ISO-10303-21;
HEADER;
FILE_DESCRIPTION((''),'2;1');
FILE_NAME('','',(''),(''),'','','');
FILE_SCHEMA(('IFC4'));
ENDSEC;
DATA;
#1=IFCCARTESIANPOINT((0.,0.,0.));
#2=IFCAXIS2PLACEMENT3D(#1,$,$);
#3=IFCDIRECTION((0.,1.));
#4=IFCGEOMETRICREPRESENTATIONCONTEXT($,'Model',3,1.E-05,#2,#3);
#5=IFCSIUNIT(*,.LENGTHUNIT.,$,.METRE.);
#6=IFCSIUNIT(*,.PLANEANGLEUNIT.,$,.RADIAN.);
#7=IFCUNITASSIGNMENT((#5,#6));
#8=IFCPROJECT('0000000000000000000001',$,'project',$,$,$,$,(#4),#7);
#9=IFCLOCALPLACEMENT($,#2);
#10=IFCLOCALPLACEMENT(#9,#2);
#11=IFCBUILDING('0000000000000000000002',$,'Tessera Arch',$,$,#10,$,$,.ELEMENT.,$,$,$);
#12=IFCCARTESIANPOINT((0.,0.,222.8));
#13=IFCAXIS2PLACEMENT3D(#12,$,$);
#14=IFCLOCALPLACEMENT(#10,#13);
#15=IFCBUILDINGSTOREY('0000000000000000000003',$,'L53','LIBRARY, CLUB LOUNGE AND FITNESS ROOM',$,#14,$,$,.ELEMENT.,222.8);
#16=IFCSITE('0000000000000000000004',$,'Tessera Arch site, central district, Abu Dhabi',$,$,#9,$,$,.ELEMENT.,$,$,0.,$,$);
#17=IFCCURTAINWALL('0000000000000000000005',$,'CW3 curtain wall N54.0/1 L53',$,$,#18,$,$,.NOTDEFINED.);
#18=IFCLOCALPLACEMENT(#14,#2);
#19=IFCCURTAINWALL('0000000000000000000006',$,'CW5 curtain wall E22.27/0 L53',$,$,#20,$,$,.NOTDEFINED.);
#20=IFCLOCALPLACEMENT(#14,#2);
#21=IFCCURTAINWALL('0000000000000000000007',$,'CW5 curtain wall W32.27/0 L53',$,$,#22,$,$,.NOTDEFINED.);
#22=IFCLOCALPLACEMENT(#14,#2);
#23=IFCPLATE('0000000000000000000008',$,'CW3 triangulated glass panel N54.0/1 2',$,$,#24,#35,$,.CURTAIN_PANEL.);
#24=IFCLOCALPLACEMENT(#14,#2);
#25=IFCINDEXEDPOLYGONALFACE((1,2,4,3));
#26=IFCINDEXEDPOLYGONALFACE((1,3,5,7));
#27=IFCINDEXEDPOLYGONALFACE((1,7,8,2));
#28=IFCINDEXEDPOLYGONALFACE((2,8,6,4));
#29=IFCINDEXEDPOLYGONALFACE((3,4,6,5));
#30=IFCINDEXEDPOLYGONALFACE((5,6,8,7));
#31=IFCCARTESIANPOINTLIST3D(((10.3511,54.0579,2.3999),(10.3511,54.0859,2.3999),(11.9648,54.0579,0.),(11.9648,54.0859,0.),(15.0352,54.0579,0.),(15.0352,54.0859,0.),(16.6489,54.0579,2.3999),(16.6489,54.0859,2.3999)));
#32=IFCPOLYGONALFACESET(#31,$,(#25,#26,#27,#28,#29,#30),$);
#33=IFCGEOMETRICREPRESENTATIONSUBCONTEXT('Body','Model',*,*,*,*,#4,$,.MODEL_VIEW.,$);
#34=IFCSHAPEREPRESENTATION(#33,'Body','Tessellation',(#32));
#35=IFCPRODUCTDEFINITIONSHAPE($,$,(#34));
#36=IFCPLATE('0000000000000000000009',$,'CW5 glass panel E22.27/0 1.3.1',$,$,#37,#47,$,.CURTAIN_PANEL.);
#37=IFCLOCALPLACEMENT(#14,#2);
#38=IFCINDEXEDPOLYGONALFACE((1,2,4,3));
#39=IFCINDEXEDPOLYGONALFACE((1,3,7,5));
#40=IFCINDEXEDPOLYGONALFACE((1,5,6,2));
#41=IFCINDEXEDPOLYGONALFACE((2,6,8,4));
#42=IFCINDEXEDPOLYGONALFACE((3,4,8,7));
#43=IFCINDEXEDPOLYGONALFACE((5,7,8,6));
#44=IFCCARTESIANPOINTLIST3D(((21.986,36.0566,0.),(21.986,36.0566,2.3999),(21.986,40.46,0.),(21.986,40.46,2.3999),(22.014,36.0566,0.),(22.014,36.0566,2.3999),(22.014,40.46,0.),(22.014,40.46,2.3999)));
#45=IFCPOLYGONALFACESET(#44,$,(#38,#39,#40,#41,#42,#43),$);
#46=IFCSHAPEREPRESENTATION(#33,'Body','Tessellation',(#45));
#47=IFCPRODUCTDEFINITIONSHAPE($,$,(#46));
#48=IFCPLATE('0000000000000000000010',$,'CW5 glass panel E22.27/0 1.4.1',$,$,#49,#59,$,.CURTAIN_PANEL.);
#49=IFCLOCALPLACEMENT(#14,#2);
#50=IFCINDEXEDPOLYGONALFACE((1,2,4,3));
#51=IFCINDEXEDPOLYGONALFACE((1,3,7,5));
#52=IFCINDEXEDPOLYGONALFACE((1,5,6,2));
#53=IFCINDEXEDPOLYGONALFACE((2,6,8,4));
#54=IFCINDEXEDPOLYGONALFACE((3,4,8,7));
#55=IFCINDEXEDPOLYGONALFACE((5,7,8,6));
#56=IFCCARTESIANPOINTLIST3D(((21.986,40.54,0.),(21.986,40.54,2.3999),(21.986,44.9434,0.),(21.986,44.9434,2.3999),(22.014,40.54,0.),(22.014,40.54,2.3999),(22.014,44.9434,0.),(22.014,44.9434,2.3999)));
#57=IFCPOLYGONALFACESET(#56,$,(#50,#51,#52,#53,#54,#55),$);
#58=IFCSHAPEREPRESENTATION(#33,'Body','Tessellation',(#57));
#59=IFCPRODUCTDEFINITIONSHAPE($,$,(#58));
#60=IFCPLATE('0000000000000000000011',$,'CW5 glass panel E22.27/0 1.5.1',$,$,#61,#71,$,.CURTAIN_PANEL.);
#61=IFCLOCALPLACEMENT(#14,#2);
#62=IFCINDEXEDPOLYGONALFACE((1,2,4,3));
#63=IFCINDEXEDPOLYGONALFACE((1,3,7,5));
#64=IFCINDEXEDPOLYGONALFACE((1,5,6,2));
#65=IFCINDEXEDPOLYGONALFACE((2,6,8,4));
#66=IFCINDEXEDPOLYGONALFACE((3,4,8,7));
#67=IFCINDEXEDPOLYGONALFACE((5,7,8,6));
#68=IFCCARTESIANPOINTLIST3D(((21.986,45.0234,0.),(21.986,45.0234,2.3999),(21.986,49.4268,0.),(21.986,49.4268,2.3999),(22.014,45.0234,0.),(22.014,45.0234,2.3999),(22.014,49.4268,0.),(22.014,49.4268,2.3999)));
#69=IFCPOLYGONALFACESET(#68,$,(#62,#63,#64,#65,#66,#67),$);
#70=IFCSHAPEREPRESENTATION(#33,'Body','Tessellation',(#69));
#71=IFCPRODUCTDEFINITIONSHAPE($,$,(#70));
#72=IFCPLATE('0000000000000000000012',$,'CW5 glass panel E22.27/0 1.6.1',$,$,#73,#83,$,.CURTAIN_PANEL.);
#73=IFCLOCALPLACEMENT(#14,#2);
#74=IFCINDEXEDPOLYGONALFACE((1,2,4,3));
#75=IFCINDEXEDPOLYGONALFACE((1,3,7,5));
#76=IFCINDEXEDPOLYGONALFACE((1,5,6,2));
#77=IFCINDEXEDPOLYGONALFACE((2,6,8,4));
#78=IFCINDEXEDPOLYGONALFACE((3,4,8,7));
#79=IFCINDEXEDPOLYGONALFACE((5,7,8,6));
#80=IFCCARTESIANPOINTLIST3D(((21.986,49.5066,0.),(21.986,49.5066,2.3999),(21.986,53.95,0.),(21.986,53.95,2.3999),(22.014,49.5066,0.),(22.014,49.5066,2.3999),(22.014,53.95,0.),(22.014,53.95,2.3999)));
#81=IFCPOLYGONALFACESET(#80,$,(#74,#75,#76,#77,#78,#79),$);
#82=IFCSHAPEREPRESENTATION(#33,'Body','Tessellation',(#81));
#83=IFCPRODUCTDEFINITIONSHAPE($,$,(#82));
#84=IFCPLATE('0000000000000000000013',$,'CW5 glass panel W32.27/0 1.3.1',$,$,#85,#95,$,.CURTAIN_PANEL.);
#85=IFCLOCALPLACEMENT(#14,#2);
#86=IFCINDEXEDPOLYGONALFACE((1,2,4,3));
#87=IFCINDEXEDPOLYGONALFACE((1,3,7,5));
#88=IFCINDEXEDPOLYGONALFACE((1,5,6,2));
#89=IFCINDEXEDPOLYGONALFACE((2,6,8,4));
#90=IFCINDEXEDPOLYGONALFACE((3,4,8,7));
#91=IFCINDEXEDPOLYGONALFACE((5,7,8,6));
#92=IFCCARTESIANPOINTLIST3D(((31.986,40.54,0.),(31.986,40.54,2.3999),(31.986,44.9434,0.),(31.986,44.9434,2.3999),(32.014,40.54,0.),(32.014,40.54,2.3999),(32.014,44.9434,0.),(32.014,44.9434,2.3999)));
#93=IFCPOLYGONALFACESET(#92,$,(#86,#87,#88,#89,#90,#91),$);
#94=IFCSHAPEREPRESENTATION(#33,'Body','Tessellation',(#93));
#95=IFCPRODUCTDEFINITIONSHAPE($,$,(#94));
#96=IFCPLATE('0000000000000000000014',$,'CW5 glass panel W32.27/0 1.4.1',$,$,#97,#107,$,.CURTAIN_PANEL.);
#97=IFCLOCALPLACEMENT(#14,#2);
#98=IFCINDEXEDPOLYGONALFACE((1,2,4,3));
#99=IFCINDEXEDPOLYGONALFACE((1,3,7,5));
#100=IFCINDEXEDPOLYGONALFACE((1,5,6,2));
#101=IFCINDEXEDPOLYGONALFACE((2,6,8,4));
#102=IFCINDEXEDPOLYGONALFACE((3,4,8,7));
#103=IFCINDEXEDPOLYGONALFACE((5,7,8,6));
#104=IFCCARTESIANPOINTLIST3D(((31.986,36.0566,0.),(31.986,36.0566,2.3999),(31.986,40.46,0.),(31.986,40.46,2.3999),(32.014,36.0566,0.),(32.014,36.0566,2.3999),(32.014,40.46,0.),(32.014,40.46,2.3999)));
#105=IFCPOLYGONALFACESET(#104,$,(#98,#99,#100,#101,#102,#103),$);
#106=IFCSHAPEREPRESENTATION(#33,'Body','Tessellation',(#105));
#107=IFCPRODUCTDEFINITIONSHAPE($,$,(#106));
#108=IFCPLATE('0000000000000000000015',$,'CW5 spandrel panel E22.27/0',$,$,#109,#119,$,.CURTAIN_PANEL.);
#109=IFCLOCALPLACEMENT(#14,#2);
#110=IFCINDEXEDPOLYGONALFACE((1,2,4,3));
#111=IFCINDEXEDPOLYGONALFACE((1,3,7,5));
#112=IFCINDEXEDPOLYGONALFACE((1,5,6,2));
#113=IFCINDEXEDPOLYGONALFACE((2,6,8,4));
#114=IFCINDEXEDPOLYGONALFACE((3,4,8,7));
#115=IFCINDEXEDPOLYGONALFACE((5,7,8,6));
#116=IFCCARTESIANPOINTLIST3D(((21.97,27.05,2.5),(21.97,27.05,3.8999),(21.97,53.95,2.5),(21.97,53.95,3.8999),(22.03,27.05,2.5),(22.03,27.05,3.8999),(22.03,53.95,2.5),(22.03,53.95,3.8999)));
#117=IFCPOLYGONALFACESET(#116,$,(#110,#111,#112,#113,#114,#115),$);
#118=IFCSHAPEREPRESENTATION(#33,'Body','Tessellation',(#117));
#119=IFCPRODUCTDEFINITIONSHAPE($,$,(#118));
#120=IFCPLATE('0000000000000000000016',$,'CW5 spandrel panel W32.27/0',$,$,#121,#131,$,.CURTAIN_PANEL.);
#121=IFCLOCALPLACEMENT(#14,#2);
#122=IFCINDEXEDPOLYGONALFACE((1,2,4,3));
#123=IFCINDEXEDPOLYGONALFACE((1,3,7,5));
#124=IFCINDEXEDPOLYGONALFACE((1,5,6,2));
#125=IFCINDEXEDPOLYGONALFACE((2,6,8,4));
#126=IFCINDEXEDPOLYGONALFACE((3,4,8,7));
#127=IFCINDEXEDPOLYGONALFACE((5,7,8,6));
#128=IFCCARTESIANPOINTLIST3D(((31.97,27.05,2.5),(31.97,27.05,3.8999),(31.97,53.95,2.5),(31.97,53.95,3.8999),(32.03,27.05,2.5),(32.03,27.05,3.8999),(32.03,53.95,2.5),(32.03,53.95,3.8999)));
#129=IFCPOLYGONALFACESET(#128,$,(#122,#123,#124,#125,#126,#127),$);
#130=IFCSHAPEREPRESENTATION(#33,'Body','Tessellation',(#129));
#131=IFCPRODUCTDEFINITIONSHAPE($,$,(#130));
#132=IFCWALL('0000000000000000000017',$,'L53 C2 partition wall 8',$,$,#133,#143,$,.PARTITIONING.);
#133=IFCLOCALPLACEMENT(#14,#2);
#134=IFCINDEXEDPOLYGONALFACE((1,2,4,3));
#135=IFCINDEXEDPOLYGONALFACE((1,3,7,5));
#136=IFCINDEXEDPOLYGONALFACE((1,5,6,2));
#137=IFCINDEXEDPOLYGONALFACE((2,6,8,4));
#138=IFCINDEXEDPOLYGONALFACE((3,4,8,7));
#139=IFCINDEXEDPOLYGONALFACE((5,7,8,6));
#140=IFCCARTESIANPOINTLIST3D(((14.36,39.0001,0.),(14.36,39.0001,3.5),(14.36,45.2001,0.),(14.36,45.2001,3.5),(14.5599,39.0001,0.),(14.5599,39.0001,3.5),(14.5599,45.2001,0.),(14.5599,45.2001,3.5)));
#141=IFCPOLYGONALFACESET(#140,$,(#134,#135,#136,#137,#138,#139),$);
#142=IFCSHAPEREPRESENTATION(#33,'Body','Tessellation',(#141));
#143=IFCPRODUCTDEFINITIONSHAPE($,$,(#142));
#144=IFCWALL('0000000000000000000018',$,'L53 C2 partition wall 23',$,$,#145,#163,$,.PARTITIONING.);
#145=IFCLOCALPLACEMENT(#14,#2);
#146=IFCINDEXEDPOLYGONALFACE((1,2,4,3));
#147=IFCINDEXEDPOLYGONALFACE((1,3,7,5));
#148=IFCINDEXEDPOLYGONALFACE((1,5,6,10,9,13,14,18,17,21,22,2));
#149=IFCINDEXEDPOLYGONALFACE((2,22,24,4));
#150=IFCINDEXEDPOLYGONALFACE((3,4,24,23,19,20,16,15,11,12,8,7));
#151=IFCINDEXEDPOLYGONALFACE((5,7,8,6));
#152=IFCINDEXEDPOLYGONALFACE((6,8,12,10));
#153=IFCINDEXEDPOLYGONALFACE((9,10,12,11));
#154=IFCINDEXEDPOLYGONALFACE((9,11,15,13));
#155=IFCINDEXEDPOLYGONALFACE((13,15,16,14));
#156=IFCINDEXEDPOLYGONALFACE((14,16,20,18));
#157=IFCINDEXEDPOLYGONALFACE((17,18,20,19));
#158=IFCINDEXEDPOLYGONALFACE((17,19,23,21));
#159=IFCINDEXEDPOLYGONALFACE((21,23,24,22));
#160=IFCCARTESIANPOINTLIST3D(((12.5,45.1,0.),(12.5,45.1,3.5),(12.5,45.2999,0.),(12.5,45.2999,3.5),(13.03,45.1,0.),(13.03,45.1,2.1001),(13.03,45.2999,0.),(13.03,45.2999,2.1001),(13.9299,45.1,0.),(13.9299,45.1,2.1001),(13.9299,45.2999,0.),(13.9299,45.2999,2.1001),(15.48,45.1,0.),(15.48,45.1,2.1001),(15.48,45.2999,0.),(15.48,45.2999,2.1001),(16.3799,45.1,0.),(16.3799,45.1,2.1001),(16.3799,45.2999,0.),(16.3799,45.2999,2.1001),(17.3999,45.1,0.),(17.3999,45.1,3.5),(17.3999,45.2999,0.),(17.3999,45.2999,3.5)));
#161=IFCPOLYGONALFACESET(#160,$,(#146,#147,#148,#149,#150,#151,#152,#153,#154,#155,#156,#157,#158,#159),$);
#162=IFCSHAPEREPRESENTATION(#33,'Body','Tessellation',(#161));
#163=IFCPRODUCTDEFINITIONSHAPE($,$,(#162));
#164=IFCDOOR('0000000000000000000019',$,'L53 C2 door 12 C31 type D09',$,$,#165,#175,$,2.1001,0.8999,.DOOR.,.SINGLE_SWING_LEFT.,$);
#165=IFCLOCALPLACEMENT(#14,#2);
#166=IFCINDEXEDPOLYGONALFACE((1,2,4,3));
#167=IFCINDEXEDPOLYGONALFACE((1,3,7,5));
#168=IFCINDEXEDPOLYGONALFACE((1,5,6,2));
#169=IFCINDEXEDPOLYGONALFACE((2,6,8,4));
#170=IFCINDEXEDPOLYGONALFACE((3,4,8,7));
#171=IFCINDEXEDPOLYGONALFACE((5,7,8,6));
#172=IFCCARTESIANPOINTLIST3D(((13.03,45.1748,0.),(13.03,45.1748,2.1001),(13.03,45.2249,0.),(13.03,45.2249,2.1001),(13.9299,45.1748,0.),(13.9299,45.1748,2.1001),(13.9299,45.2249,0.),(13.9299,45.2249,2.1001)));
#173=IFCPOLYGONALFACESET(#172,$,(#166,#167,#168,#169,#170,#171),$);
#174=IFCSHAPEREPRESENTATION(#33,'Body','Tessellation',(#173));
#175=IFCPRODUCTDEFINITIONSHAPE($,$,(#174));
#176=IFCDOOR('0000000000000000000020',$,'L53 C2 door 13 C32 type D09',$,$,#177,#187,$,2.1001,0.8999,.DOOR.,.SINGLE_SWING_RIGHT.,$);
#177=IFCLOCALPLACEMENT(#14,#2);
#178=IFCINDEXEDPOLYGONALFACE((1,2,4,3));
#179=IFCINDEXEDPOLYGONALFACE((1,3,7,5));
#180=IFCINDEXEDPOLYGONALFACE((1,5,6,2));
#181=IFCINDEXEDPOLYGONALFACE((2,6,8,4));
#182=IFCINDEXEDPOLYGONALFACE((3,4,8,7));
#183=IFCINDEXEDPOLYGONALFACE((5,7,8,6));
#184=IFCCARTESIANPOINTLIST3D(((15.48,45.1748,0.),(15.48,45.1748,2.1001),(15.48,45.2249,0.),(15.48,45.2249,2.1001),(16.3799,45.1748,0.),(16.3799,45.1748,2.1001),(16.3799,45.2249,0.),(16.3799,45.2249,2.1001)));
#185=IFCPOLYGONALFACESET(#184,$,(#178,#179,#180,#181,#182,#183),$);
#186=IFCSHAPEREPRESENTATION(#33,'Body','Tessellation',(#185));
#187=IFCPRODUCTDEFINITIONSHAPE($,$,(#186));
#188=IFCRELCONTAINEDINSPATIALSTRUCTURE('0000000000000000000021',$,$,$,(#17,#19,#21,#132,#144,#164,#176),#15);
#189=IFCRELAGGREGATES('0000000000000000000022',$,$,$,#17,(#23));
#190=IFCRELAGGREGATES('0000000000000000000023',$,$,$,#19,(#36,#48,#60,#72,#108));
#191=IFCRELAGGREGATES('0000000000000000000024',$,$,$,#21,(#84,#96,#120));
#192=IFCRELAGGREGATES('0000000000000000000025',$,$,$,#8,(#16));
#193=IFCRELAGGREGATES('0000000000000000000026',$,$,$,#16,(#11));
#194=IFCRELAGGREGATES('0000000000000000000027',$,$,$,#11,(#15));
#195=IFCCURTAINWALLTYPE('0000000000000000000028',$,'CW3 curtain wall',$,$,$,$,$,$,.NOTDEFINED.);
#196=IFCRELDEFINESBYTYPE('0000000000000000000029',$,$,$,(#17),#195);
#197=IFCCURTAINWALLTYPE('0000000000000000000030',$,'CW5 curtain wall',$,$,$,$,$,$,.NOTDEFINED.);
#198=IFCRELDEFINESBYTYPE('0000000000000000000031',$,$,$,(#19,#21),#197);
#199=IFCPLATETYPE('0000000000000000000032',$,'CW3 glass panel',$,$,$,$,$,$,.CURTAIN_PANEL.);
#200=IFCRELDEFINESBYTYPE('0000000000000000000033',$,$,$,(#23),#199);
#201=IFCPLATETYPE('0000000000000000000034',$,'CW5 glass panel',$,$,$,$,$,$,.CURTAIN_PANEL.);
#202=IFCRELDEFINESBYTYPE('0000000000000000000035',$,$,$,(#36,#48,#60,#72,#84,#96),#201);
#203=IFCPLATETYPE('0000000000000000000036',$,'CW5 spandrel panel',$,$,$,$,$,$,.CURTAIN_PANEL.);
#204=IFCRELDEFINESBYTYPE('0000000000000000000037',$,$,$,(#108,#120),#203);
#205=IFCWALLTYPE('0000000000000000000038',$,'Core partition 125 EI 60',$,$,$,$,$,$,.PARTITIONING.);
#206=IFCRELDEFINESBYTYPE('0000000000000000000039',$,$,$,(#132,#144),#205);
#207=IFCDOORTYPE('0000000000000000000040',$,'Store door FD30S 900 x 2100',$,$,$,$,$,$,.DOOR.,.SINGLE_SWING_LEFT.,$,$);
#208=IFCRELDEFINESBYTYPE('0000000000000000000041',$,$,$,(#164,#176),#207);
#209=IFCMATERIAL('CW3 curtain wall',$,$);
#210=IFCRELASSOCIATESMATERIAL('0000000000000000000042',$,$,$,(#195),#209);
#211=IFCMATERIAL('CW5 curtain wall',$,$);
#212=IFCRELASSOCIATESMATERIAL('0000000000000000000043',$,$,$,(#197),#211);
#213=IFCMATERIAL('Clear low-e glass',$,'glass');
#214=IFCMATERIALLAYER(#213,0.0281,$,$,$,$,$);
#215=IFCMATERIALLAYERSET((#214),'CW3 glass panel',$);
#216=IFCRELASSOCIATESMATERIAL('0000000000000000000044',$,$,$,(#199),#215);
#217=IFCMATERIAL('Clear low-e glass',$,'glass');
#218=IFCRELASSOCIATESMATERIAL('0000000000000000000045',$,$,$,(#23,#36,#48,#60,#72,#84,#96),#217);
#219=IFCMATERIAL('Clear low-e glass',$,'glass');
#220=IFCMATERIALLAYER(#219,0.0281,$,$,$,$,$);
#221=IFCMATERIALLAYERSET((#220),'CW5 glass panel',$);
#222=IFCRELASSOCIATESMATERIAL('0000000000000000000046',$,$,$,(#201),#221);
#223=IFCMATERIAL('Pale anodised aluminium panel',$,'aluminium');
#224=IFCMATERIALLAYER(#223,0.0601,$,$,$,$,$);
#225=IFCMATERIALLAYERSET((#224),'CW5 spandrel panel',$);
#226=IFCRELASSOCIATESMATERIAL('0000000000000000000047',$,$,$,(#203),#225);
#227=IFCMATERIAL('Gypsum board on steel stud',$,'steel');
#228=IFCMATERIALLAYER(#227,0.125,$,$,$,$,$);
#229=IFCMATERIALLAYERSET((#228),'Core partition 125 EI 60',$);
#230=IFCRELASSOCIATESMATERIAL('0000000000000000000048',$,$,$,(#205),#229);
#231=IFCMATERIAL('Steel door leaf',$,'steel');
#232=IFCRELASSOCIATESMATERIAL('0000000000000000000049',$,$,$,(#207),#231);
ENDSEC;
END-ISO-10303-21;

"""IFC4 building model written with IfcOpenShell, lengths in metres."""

from ifc_helpers import new_model, si_unit, direction, frame, frame_2d, origin, origin_2d, place, context, subcontext, project, spatial, polyline, rectangle, outline, extrude, material, layer, layer_set, type_object, element, fill, aggregate, save


model = new_model("IFC4")

# Units and contexts
model_context = context("Model", 3, precision=1e-05, world=origin(), true_north=direction((0.0, 1.0)))
body_context = subcontext(model_context, "Body", "Model", "MODEL_VIEW")
ifc_project = project(units=[si_unit("LENGTHUNIT", "METRE"), si_unit("PLANEANGLEUNIT", "RADIAN")], contexts=[model_context])

# Site, building, storey
site_placement = place(None, origin())
site = spatial("IfcSite", under=ifc_project, at=site_placement, Name="Tessera Arch site, central district, Abu Dhabi", CompositionType="ELEMENT", RefElevation=0.0)
building_placement = place(site_placement, origin())
building = spatial("IfcBuilding", under=site, at=building_placement, Name="Tessera Arch", CompositionType="ELEMENT")
storey_placement = place(building_placement, frame((0.0, 0.0, 222.8)))
storey = spatial("IfcBuildingStorey", under=building, at=storey_placement, Name="L53", Description="LIBRARY, CLUB LOUNGE AND FITNESS ROOM", CompositionType="ELEMENT", Elevation=222.8)

# Curtain wall
ifc_material_1 = material(Name="CW3 curtain wall")
curtain_wall_type_1 = type_object("IfcCurtainWallType", Name="CW3 curtain wall", PredefinedType="NOTDEFINED", material=ifc_material_1)
curtain_wall_1_placement = place(storey_placement, origin())
curtain_wall_1 = element("IfcCurtainWall", 1, at=curtain_wall_1_placement, inside=storey, type_object=curtain_wall_type_1, Name="CW3 curtain wall N54.0/1 L53", PredefinedType="NOTDEFINED")

# Curtain wall
ifc_material_2 = material(Name="CW5 curtain wall")
curtain_wall_type_2 = type_object("IfcCurtainWallType", Name="CW5 curtain wall", PredefinedType="NOTDEFINED", material=ifc_material_2)
curtain_wall_2_placement = place(storey_placement, origin())
curtain_wall_2 = element("IfcCurtainWall", 2, at=curtain_wall_2_placement, inside=storey, type_object=curtain_wall_type_2, Name="CW5 curtain wall E22.27/0 L53", PredefinedType="NOTDEFINED")

# Curtain wall
curtain_wall_3_placement = place(storey_placement, origin())
curtain_wall_3 = element("IfcCurtainWall", 3, at=curtain_wall_3_placement, inside=storey, type_object=curtain_wall_type_2, Name="CW5 curtain wall W32.27/0 L53", PredefinedType="NOTDEFINED")

# Plates
ifc_material_3 = material(Name="Clear low-e glass", Category="glass")
ifc_material_4 = material(Name="Clear low-e glass", Category="glass")
ifc_layer_1 = layer(ifc_material_4, 0.0281)
ifc_layer_set_1 = layer_set([ifc_layer_1], Name="CW3 glass panel")
plate_type_1 = type_object("IfcPlateType", Name="CW3 glass panel", PredefinedType="CURTAIN_PANEL", material=ifc_layer_set_1)
plate_1_placement = place(storey_placement, frame((10.3511, 54.0859, 2.3999), z_axis=(0.0, 1.0, 0.0), x_axis=(1.0, 0.0, 0.0)))
plate_1 = element("IfcPlate", 4, at=plate_1_placement, type_object=plate_type_1, material=ifc_material_3, Name="CW3 triangulated glass panel N54.0/1 2", PredefinedType="CURTAIN_PANEL", context=body_context, shape_type="SweptSolid", body=[
    extrude(outline(polyline([(0.0, 0.0), (6.2979, 0.0), (4.6841, 2.3999), (1.6138, 2.3999), (0.0, 0.0)])), origin(), (0.0, 0.0, -1.0), 0.0281),
])
aggregate(curtain_wall_1, [plate_1])
ifc_material_5 = material(Name="Clear low-e glass", Category="glass")
ifc_layer_2 = layer(ifc_material_5, 0.0281)
ifc_layer_set_2 = layer_set([ifc_layer_2], Name="CW5 glass panel")
plate_type_2 = type_object("IfcPlateType", Name="CW5 glass panel", PredefinedType="CURTAIN_PANEL", material=ifc_layer_set_2)
plate_2_placement = place(storey_placement, frame((22.0, 38.2583, 0.0), z_axis=(0.0, 0.0, 1.0), x_axis=(0.0, 1.0, 0.0)))
plate_2 = element("IfcPlate", 5, at=plate_2_placement, type_object=plate_type_2, material=ifc_material_3, Name="CW5 glass panel E22.27/0 1.3.1", PredefinedType="CURTAIN_PANEL", context=body_context, shape_type="SweptSolid", body=[
    extrude(rectangle(XDim=4.4033, YDim=0.0281, at=origin_2d()), origin(), (0.0, 0.0, 1.0), 2.3999),
])
plate_3_placement = place(storey_placement, frame((22.0, 42.7417, 0.0), z_axis=(0.0, 0.0, 1.0), x_axis=(0.0, 1.0, 0.0)))
plate_3 = element("IfcPlate", 6, at=plate_3_placement, type_object=plate_type_2, material=ifc_material_3, Name="CW5 glass panel E22.27/0 1.4.1", PredefinedType="CURTAIN_PANEL", context=body_context, shape_type="SweptSolid", body=[
    extrude(rectangle(XDim=4.4033, YDim=0.0281, at=origin_2d()), origin(), (0.0, 0.0, 1.0), 2.3999),
])
plate_4_placement = place(storey_placement, frame((22.0, 47.2251, 0.0), z_axis=(0.0, 0.0, 1.0), x_axis=(0.0, 1.0, 0.0)))
plate_4 = element("IfcPlate", 7, at=plate_4_placement, type_object=plate_type_2, material=ifc_material_3, Name="CW5 glass panel E22.27/0 1.5.1", PredefinedType="CURTAIN_PANEL", context=body_context, shape_type="SweptSolid", body=[
    extrude(rectangle(XDim=4.4033, YDim=0.0281, at=origin_2d()), origin(), (0.0, 0.0, 1.0), 2.3999),
])
plate_5_placement = place(storey_placement, frame((22.0, 51.7283, 0.0), z_axis=(0.0, 0.0, 1.0), x_axis=(0.0, 1.0, 0.0)))
plate_5 = element("IfcPlate", 8, at=plate_5_placement, type_object=plate_type_2, material=ifc_material_3, Name="CW5 glass panel E22.27/0 1.6.1", PredefinedType="CURTAIN_PANEL", context=body_context, shape_type="SweptSolid", body=[
    extrude(rectangle(XDim=4.4434, YDim=0.0281, at=origin_2d()), origin(), (0.0, 0.0, 1.0), 2.3999),
])
plate_6_placement = place(storey_placement, frame((32.0, 42.7417, 0.0), z_axis=(0.0, 0.0, 1.0), x_axis=(0.0, -1.0, 0.0)))
plate_6 = element("IfcPlate", 9, at=plate_6_placement, type_object=plate_type_2, material=ifc_material_3, Name="CW5 glass panel W32.27/0 1.3.1", PredefinedType="CURTAIN_PANEL", context=body_context, shape_type="SweptSolid", body=[
    extrude(rectangle(XDim=4.4033, YDim=0.0281, at=origin_2d()), origin(), (0.0, 0.0, 1.0), 2.3999),
])
plate_7_placement = place(storey_placement, frame((32.0, 38.2583, 0.0), z_axis=(0.0, 0.0, 1.0), x_axis=(0.0, -1.0, 0.0)))
plate_7 = element("IfcPlate", 10, at=plate_7_placement, type_object=plate_type_2, material=ifc_material_3, Name="CW5 glass panel W32.27/0 1.4.1", PredefinedType="CURTAIN_PANEL", context=body_context, shape_type="SweptSolid", body=[
    extrude(rectangle(XDim=4.4033, YDim=0.0281, at=origin_2d()), origin(), (0.0, 0.0, 1.0), 2.3999),
])
ifc_material_6 = material(Name="Pale anodised aluminium panel", Category="aluminium")
ifc_layer_3 = layer(ifc_material_6, 0.0601)
ifc_layer_set_3 = layer_set([ifc_layer_3], Name="CW5 spandrel panel")
plate_type_3 = type_object("IfcPlateType", Name="CW5 spandrel panel", PredefinedType="CURTAIN_PANEL", material=ifc_layer_set_3)
plate_8_placement = place(storey_placement, frame((22.0, 40.5, 2.5), z_axis=(0.0, 0.0, 1.0), x_axis=(0.0, 1.0, 0.0)))
plate_8 = element("IfcPlate", 11, at=plate_8_placement, type_object=plate_type_3, Name="CW5 spandrel panel E22.27/0", PredefinedType="CURTAIN_PANEL", context=body_context, shape_type="SweptSolid", body=[
    extrude(rectangle(XDim=26.8999, YDim=0.0601, at=origin_2d()), origin(), (0.0, 0.0, 1.0), 1.3999),
])
aggregate(curtain_wall_2, [plate_2, plate_3, plate_4, plate_5, plate_8])
plate_9_placement = place(storey_placement, frame((32.0, 40.5, 2.5), z_axis=(0.0, 0.0, 1.0), x_axis=(0.0, -1.0, 0.0)))
plate_9 = element("IfcPlate", 12, at=plate_9_placement, type_object=plate_type_3, Name="CW5 spandrel panel W32.27/0", PredefinedType="CURTAIN_PANEL", context=body_context, shape_type="SweptSolid", body=[
    extrude(rectangle(XDim=26.8999, YDim=0.0601, at=origin_2d()), origin(), (0.0, 0.0, 1.0), 1.3999),
])
aggregate(curtain_wall_3, [plate_6, plate_7, plate_9])

# Wall
ifc_material_7 = material(Name="Gypsum board on steel stud", Category="steel")
ifc_layer_4 = layer(ifc_material_7, 0.125)
ifc_layer_set_4 = layer_set([ifc_layer_4], Name="Core partition 125 EI 60")
wall_type_1 = type_object("IfcWallType", Name="Core partition 125 EI 60", PredefinedType="PARTITIONING", material=ifc_layer_set_4)
wall_1_placement = place(storey_placement, frame((14.46, 39.0, 0.0), z_axis=(0.0, 0.0, 1.0), x_axis=(0.0, 1.0, 0.0)))
element("IfcWall", 13, at=wall_1_placement, inside=storey, type_object=wall_type_1, Name="L53 C2 partition wall 8", PredefinedType="PARTITIONING", context=body_context, shape_type="SweptSolid", body=[
    extrude(rectangle(XDim=6.2, YDim=0.2, at=frame_2d((3.1001, 0.0))), origin(), (0.0, 0.0, 1.0), 3.5),
])

# Wall, openings, doors
wall_2_placement = place(storey_placement, frame((12.5, 45.2, 0.0), z_axis=(0.0, 0.0, 1.0), x_axis=(1.0, 0.0, 0.0)))
wall_2 = element("IfcWall", 14, at=wall_2_placement, inside=storey, type_object=wall_type_1, Name="L53 C2 partition wall 23", PredefinedType="PARTITIONING", context=body_context, shape_type="SweptSolid", body=[
    extrude(rectangle(XDim=4.8999, YDim=0.2, at=frame_2d((2.45, 0.0))), origin(), (0.0, 0.0, 1.0), 3.5),
])
opening_1_placement = place(wall_2_placement, frame((0.53, 0.0, 0.0)))
opening_1 = element("IfcOpeningElement", 15, at=opening_1_placement, cuts=wall_2, PredefinedType="OPENING", context=body_context, shape_type="SweptSolid", body=[
    extrude(rectangle(XDim=0.8999, YDim=2.1001, at=frame_2d((0.45, 1.05))), frame((0.0, 0.1099, 0.0), z_axis=(0.0, -1.0, 0.0), x_axis=(1.0, 0.0, 0.0)), (0.0, 0.0, 1.0), 0.22),
])
opening_2_placement = place(wall_2_placement, frame((2.98, 0.0, 0.0)))
opening_2 = element("IfcOpeningElement", 16, at=opening_2_placement, cuts=wall_2, PredefinedType="OPENING", context=body_context, shape_type="SweptSolid", body=[
    extrude(rectangle(XDim=0.8999, YDim=2.1001, at=frame_2d((0.45, 1.05))), frame((0.0, 0.1099, 0.0), z_axis=(0.0, -1.0, 0.0), x_axis=(1.0, 0.0, 0.0)), (0.0, 0.0, 1.0), 0.22),
])
ifc_material_8 = material(Name="Steel door leaf", Category="steel")
door_type_1 = type_object("IfcDoorType", Name="Store door FD30S 900 x 2100", OperationType="SINGLE_SWING_LEFT", PredefinedType="DOOR", material=ifc_material_8)
door_1_placement = place(opening_1_placement, origin())
door_1 = element("IfcDoor", 17, at=door_1_placement, inside=storey, type_object=door_type_1, Name="L53 C2 door 12 C31 type D09", OperationType="SINGLE_SWING_LEFT", OverallHeight=2.1001, OverallWidth=0.8999, PredefinedType="DOOR", context=body_context, shape_type="SweptSolid", body=[
    extrude(rectangle(XDim=0.8999, YDim=2.1001, at=frame_2d((0.45, 1.05))), frame((0.0, 0.0249, 0.0), z_axis=(0.0, -1.0, 0.0), x_axis=(1.0, 0.0, 0.0)), (0.0, 0.0, 1.0), 0.05),
])
fill(opening_1, door_1)
door_2_placement = place(opening_2_placement, origin())
door_2 = element("IfcDoor", 18, at=door_2_placement, inside=storey, type_object=door_type_1, Name="L53 C2 door 13 C32 type D09", OperationType="SINGLE_SWING_RIGHT", OverallHeight=2.1001, OverallWidth=0.8999, PredefinedType="DOOR", context=body_context, shape_type="SweptSolid", body=[
    extrude(rectangle(XDim=0.8999, YDim=2.1001, at=frame_2d((0.45, 1.05))), frame((0.0, 0.0249, 0.0), z_axis=(0.0, -1.0, 0.0), x_axis=(1.0, 0.0, 0.0)), (0.0, 0.0, 1.0), 0.05),
])
fill(opening_2, door_2)

save(model, "model.ifc")
